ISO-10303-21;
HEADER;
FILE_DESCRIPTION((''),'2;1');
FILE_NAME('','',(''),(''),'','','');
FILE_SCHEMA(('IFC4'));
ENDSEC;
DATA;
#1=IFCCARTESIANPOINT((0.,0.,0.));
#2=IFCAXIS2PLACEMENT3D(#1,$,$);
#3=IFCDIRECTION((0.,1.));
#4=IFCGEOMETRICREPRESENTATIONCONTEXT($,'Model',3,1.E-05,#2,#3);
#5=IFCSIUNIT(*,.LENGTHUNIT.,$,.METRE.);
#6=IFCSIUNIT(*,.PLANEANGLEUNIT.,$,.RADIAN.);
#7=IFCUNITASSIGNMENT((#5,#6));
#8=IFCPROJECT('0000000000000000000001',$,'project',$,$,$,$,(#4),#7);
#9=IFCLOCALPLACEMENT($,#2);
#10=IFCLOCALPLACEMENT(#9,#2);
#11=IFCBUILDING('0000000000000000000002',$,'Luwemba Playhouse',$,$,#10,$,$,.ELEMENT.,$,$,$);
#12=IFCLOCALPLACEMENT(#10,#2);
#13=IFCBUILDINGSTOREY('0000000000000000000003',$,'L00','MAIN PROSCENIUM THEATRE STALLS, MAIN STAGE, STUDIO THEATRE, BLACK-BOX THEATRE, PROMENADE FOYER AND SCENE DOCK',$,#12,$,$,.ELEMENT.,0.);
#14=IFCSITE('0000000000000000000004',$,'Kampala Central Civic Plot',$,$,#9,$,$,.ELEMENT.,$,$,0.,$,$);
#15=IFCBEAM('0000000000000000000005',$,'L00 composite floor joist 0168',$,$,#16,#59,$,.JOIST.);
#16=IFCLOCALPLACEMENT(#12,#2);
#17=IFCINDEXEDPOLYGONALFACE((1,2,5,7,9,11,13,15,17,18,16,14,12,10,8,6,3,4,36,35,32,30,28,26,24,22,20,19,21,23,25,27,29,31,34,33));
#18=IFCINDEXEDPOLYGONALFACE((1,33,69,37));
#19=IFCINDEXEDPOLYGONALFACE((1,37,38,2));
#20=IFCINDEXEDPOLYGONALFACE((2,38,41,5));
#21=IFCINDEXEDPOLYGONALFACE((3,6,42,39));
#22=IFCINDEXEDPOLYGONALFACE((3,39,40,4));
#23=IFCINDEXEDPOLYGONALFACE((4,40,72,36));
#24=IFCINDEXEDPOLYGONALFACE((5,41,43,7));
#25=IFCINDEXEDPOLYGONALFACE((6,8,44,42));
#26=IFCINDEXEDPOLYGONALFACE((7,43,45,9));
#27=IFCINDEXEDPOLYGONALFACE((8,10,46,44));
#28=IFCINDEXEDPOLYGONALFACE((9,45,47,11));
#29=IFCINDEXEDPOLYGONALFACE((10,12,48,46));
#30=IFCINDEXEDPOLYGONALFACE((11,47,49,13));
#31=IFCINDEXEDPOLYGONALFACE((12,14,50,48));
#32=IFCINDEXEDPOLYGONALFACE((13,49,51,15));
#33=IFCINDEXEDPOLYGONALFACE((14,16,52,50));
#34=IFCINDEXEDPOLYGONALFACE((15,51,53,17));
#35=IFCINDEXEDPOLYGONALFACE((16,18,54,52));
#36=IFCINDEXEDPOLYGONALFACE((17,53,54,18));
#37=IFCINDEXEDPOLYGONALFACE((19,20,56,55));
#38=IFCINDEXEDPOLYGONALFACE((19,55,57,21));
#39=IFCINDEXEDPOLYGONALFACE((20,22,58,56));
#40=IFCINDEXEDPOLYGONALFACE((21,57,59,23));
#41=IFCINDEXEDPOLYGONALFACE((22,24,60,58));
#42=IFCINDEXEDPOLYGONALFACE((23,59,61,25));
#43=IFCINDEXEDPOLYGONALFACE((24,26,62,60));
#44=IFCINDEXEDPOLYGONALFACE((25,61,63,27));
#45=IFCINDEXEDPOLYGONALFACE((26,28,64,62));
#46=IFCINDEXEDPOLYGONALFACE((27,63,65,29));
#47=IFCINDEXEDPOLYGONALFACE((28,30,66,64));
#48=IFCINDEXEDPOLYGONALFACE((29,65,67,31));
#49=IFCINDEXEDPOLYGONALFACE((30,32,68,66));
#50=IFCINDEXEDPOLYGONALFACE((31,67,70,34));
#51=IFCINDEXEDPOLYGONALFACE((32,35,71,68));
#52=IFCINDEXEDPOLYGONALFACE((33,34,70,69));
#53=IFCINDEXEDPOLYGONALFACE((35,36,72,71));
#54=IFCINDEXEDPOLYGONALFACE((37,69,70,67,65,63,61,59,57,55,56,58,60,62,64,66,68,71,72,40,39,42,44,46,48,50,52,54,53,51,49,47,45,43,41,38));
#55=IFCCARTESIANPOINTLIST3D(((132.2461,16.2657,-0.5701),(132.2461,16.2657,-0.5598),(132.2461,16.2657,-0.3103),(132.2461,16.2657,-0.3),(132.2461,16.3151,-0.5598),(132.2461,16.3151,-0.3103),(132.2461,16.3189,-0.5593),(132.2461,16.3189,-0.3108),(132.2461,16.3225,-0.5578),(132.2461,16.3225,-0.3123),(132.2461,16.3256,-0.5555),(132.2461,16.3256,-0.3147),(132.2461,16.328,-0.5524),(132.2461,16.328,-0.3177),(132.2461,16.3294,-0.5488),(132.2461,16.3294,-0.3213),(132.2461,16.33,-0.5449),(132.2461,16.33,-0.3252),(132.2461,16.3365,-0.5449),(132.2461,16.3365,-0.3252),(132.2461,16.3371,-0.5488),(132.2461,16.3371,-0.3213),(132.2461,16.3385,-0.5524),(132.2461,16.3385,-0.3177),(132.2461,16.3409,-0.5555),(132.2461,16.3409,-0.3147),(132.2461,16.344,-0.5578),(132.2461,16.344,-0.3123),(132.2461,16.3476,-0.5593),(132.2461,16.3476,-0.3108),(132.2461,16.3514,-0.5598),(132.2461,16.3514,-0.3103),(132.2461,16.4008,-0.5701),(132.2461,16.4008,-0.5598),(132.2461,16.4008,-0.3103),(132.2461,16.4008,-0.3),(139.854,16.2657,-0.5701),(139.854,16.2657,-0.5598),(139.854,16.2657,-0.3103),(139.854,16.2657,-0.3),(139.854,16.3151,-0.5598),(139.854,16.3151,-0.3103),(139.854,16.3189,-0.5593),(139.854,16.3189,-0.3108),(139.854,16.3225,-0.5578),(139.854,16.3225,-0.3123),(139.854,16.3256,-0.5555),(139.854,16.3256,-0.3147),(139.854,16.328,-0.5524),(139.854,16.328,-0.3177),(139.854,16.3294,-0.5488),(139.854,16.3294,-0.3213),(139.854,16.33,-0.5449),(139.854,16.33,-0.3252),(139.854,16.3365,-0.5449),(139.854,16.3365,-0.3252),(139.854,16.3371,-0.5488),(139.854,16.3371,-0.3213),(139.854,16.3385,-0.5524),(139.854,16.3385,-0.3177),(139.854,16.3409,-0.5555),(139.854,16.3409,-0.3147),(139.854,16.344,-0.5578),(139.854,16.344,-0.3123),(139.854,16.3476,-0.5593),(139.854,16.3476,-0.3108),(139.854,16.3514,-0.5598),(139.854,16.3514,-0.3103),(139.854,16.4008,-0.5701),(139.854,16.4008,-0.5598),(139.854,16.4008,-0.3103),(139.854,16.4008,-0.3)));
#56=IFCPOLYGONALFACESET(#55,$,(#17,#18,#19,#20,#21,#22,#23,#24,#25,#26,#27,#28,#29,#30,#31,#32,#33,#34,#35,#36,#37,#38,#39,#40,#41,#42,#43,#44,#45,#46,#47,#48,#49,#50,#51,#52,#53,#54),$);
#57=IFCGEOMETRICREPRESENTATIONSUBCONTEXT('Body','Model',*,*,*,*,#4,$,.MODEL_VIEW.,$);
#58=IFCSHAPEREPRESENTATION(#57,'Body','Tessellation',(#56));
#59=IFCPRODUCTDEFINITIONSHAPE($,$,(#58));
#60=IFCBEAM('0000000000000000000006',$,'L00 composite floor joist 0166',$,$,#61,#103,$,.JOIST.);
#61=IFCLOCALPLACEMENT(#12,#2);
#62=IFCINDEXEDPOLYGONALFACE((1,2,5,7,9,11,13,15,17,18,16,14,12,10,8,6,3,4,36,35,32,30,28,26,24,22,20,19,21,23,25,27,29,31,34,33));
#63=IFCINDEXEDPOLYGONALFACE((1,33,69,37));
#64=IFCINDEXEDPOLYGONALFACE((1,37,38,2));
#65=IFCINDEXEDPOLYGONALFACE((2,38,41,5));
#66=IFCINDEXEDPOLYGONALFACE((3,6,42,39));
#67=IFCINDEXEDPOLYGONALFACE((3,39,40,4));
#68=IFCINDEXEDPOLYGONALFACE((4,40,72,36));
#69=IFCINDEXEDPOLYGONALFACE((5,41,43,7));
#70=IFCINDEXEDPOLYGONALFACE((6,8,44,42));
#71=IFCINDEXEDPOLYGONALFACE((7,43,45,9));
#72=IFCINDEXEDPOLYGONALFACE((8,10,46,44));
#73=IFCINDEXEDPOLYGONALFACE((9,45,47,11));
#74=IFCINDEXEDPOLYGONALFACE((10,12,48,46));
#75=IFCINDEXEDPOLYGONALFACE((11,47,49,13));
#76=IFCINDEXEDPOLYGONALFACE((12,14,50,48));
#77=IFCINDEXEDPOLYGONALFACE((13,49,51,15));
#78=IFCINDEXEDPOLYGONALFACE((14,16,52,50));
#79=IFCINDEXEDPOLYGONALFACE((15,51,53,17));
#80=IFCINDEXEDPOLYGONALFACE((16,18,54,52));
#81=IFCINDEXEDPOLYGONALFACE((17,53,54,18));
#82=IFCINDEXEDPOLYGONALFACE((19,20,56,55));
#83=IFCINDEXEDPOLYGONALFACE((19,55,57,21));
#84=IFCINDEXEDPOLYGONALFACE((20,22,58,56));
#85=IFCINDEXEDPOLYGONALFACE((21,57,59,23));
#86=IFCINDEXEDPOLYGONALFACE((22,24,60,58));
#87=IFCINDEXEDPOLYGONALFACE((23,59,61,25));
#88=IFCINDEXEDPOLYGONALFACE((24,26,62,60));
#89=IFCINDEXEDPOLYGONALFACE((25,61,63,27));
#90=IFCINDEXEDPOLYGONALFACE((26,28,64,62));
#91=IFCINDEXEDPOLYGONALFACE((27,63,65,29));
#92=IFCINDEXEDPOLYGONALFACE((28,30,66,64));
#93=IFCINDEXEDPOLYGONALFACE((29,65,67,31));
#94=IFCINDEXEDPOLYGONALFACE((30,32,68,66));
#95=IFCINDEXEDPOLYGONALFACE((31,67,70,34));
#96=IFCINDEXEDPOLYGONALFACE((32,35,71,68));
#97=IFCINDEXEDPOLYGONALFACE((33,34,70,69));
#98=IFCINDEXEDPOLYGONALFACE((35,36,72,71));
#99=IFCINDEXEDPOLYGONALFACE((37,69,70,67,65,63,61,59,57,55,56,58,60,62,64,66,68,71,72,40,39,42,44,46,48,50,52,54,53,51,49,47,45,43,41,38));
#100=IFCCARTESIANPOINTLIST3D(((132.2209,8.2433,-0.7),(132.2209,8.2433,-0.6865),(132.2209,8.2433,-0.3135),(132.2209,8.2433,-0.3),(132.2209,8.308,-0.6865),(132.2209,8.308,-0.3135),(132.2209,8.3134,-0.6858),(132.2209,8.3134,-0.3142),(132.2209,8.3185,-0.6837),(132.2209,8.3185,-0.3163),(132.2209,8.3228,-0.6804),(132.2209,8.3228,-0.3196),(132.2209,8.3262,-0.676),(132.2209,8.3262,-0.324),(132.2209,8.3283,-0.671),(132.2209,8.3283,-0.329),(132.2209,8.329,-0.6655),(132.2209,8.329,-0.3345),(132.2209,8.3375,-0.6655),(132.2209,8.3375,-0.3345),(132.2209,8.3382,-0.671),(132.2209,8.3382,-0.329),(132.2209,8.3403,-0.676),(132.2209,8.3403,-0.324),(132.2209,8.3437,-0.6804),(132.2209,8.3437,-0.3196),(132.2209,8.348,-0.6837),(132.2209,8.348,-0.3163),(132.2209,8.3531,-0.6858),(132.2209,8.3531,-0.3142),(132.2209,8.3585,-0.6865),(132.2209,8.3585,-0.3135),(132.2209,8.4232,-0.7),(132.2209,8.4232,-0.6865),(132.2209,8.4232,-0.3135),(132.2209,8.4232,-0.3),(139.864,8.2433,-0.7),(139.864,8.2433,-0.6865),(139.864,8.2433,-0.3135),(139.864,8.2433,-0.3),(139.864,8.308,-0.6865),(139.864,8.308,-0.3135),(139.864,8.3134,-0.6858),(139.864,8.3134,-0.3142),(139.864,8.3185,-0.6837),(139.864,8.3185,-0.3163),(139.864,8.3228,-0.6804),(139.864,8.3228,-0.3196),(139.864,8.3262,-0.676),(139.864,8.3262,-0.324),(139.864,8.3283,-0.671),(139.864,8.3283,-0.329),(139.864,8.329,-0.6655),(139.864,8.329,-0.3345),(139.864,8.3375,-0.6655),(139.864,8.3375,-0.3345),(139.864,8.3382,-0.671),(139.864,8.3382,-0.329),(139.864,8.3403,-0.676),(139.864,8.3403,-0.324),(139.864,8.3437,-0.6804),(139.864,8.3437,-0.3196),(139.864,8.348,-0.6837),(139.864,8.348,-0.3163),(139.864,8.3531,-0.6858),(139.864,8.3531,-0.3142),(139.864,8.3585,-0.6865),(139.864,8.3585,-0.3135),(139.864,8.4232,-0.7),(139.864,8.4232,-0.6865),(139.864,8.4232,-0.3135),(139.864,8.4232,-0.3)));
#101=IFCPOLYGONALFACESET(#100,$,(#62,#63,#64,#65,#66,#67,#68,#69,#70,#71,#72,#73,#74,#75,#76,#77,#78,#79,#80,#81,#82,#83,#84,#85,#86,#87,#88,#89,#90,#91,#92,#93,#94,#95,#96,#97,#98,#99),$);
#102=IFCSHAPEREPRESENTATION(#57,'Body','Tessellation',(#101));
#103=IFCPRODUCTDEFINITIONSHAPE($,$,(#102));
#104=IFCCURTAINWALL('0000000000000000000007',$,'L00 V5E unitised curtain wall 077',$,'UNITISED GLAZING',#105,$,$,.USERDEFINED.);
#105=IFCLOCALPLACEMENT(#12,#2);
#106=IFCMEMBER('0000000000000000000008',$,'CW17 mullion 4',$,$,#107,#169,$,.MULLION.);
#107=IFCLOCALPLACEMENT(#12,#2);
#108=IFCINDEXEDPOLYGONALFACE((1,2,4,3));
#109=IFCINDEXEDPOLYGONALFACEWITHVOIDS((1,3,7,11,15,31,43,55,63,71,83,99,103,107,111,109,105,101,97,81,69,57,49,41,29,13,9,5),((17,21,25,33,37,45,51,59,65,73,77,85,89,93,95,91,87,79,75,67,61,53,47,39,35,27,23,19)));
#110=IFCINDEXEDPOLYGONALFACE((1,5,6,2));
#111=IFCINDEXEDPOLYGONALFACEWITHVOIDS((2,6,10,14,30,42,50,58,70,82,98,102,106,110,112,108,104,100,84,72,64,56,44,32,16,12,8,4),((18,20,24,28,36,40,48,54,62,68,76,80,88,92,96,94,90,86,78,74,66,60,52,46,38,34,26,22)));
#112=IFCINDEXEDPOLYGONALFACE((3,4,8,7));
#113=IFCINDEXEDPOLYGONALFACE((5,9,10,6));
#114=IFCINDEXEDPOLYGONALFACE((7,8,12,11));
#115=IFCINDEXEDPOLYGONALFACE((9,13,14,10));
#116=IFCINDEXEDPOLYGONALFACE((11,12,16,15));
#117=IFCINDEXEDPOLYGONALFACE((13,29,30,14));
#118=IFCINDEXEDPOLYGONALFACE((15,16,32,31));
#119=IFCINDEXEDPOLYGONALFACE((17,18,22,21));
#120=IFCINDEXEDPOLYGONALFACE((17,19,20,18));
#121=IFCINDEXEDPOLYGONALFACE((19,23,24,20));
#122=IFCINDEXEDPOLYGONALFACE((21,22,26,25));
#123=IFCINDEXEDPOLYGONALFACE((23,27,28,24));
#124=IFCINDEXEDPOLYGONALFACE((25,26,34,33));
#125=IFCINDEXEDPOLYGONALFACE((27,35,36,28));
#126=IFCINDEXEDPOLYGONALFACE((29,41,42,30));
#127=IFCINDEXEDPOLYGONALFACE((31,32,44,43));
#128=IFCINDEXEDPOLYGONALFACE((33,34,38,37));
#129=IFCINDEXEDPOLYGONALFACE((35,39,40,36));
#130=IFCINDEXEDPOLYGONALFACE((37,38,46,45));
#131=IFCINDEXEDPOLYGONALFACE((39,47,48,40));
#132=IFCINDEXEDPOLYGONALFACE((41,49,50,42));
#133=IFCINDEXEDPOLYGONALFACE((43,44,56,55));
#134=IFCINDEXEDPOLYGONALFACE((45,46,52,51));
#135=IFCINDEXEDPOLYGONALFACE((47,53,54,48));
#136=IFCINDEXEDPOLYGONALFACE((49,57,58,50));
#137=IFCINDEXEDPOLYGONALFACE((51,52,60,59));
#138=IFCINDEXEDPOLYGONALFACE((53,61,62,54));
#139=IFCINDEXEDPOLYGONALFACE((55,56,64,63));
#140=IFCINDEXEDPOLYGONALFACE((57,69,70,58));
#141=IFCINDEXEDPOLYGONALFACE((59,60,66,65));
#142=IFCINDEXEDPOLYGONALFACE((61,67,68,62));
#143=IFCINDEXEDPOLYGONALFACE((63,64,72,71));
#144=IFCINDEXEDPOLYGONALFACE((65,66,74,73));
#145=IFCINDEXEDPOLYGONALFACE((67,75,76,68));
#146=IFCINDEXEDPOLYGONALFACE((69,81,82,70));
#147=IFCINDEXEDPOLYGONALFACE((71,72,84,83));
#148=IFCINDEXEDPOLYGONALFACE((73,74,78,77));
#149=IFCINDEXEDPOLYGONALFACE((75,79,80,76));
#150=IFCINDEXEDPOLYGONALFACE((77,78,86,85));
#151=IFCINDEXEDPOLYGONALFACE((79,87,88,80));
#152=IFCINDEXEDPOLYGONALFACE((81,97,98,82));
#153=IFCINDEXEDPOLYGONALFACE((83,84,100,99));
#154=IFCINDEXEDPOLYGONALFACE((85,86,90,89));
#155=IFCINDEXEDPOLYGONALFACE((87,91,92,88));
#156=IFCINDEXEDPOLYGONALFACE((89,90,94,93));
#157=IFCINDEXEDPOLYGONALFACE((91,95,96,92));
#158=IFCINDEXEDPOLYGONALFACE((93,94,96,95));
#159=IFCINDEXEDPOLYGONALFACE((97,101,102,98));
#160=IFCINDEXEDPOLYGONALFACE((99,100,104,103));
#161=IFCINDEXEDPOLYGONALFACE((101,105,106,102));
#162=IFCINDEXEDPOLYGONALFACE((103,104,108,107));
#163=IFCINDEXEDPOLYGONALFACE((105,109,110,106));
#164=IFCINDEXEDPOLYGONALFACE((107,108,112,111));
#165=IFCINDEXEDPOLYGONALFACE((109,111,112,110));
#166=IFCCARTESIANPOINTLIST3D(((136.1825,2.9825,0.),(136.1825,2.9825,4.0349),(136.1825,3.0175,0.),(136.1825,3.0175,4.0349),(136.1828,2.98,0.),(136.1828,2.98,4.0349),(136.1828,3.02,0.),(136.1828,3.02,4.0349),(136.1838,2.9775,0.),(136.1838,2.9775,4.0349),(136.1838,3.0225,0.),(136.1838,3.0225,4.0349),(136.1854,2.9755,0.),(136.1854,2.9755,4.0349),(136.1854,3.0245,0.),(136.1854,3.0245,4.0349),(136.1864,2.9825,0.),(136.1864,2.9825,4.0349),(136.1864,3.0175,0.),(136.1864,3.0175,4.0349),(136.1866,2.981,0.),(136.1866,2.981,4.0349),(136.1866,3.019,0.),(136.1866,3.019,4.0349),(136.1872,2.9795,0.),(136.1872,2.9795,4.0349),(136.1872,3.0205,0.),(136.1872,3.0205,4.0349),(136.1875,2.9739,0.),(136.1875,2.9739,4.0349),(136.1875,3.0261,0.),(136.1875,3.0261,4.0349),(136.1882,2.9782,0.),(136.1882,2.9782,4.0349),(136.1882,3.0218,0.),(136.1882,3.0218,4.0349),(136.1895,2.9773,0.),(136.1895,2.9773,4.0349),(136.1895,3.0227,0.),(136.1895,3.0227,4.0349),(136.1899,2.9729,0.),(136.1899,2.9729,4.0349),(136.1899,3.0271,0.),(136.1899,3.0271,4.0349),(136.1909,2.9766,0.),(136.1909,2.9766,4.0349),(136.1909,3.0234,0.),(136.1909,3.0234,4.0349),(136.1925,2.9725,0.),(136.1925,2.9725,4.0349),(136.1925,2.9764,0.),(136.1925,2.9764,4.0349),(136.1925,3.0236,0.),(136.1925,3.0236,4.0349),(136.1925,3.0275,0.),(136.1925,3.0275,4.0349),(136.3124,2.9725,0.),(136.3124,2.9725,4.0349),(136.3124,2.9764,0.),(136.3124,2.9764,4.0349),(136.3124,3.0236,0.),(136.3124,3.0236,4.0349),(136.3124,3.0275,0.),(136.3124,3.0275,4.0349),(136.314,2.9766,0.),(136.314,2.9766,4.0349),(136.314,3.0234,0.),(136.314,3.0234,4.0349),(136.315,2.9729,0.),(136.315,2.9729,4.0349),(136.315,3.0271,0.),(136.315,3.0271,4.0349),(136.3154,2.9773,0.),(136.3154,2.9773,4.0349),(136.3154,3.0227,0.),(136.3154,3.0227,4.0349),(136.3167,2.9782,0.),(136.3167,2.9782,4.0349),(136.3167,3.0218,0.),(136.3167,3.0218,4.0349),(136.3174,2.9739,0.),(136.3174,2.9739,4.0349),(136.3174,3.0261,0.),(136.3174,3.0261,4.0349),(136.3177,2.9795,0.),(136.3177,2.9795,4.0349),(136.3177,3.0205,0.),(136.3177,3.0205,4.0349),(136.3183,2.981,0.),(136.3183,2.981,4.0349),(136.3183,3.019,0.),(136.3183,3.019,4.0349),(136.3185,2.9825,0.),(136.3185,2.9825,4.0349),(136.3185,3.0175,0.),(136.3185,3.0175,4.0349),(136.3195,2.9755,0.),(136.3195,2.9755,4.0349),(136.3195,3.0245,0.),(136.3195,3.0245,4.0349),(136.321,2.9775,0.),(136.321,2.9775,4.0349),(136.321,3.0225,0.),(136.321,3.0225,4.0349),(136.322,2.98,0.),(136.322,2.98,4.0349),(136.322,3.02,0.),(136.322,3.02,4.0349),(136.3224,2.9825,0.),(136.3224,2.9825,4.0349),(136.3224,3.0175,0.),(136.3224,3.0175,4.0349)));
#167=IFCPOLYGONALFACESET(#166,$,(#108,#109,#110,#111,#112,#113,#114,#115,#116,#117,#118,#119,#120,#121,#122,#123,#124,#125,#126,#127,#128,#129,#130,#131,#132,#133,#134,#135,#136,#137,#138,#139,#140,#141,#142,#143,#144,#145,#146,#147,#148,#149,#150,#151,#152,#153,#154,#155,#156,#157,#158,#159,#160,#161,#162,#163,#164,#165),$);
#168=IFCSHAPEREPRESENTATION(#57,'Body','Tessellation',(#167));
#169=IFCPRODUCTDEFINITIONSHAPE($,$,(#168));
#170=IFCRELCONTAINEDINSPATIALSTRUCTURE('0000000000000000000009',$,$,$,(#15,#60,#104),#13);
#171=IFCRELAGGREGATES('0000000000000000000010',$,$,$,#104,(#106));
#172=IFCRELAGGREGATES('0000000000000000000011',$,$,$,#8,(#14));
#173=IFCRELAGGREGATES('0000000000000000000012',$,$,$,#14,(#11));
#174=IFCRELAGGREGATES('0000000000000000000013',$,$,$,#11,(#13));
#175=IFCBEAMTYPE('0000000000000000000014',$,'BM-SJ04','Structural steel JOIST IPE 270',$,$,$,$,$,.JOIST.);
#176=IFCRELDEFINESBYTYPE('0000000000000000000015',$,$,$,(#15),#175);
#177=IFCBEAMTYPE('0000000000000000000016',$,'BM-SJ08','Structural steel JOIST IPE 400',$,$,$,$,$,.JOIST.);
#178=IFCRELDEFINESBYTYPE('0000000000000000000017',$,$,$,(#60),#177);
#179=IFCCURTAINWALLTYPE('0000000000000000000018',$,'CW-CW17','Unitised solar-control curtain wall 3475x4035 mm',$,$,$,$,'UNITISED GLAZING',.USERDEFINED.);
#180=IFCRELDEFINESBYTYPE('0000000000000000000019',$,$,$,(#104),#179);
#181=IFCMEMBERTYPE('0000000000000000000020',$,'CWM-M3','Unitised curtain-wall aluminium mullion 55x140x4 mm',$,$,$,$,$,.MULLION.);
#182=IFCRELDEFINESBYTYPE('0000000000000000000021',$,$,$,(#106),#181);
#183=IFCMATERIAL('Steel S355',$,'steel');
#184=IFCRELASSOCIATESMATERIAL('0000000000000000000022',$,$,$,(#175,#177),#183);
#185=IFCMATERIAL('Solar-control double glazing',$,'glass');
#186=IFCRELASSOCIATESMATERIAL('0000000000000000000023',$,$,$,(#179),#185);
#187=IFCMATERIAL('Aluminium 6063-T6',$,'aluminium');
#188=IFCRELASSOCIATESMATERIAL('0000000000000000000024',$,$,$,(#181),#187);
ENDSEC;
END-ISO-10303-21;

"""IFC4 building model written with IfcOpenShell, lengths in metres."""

from ifc_helpers import new_model, si_unit, direction, frame, origin, origin_2d, place, context, subcontext, project, spatial, hollow_rectangle, i_section, extrude, material, material_profile, profile_set, type_object, element, aggregate, save


model = new_model("IFC4")

# Units and contexts
model_context = context("Model", 3, precision=1e-05, world=origin(), true_north=direction((0.0, 1.0)))
body_context = subcontext(model_context, "Body", "Model", "MODEL_VIEW")
ifc_project = project(units=[si_unit("LENGTHUNIT", "METRE"), si_unit("PLANEANGLEUNIT", "RADIAN")], contexts=[model_context])

# Site, building, storey
site_placement = place(None, origin())
site = spatial("IfcSite", under=ifc_project, at=site_placement, Name="Kampala Central Civic Plot", CompositionType="ELEMENT", RefElevation=0.0)
building_placement = place(site_placement, origin())
building = spatial("IfcBuilding", under=site, at=building_placement, Name="Luwemba Playhouse", CompositionType="ELEMENT")
storey_placement = place(building_placement, origin())
storey = spatial("IfcBuildingStorey", under=building, at=storey_placement, Name="L00", Description="MAIN PROSCENIUM THEATRE STALLS, MAIN STAGE, STUDIO THEATRE, BLACK-BOX THEATRE, PROMENADE FOYER AND SCENE DOCK", CompositionType="ELEMENT", Elevation=0.0)

# Beams
ifc_material_1 = material(Name="Steel S355", Category="steel")
ifc_material_profile_1 = material_profile(ifc_material_1, i_section(OverallWidth=0.135, OverallDepth=0.27, WebThickness=0.0066, FlangeThickness=0.0103, FilletRadius=0.0149, at=origin_2d()))
ifc_profile_set_1 = profile_set([ifc_material_profile_1], Name="Steel S355")
beam_type_1 = type_object("IfcBeamType", Name="BM-SJ04", Description="Structural steel JOIST IPE 270", PredefinedType="JOIST", material=ifc_profile_set_1)
beam_1_placement = place(storey_placement, frame((132.2461, 16.3333, -0.4351), z_axis=(1.0, 0.0, 0.0), x_axis=(0.0, 1.0, 0.0)))
element("IfcBeam", 1, at=beam_1_placement, inside=storey, type_object=beam_type_1, Name="L00 composite floor joist 0168", PredefinedType="JOIST", context=body_context, shape_type="SweptSolid", body=[
    extrude(i_section(OverallWidth=0.135, OverallDepth=0.27, WebThickness=0.0066, FlangeThickness=0.0103, FilletRadius=0.0149, at=origin_2d()), origin(), (0.0, 0.0, 1.0), 7.6079),
])
ifc_material_profile_2 = material_profile(ifc_material_1, i_section(OverallWidth=0.1799, OverallDepth=0.3999, WebThickness=0.0085, FlangeThickness=0.0134, FilletRadius=0.021, at=origin_2d()))
ifc_profile_set_2 = profile_set([ifc_material_profile_2], Name="Steel S355")
beam_type_2 = type_object("IfcBeamType", Name="BM-SJ08", Description="Structural steel JOIST IPE 400", PredefinedType="JOIST", material=ifc_profile_set_2)
beam_2_placement = place(storey_placement, frame((132.2209, 8.3333, -0.5), z_axis=(1.0, 0.0, 0.0), x_axis=(0.0, 1.0, 0.0)))
element("IfcBeam", 2, at=beam_2_placement, inside=storey, type_object=beam_type_2, Name="L00 composite floor joist 0166", PredefinedType="JOIST", context=body_context, shape_type="SweptSolid", body=[
    extrude(i_section(OverallWidth=0.1799, OverallDepth=0.3999, WebThickness=0.0085, FlangeThickness=0.0134, FilletRadius=0.021, at=origin_2d()), origin(), (0.0, 0.0, 1.0), 7.6431),
])

# Curtain wall, member
ifc_material_2 = material(Name="Solar-control double glazing", Category="glass")
curtain_wall_type_1 = type_object("IfcCurtainWallType", Name="CW-CW17", Description="Unitised solar-control curtain wall 3475x4035 mm", ElementType="UNITISED GLAZING", PredefinedType="USERDEFINED", material=ifc_material_2)
curtain_wall_1_placement = place(storey_placement, origin())
curtain_wall_1 = element("IfcCurtainWall", 3, at=curtain_wall_1_placement, inside=storey, type_object=curtain_wall_type_1, Name="L00 V5E unitised curtain wall 077", ObjectType="UNITISED GLAZING", PredefinedType="USERDEFINED")
ifc_material_3 = material(Name="Aluminium 6063-T6", Category="aluminium")
ifc_material_profile_3 = material_profile(ifc_material_3, hollow_rectangle(XDim=0.0549, YDim=0.1399, WallThickness=0.0039, InnerFilletRadius=0.0061, OuterFilletRadius=0.01, at=origin_2d()))
ifc_profile_set_3 = profile_set([ifc_material_profile_3], Name="Aluminium 6063-T6")
member_type_1 = type_object("IfcMemberType", Name="CWM-M3", Description="Unitised curtain-wall aluminium mullion 55x140x4 mm", PredefinedType="MULLION", material=ifc_profile_set_3)
member_1_placement = place(storey_placement, frame((136.2524, 3.0, 0.0), z_axis=(0.0, 0.0, 1.0), x_axis=(0.0, -1.0, 0.0)))
member_1 = element("IfcMember", 4, at=member_1_placement, type_object=member_type_1, Name="CW17 mullion 4", PredefinedType="MULLION", context=body_context, shape_type="SweptSolid", body=[
    extrude(hollow_rectangle(XDim=0.0549, YDim=0.1399, WallThickness=0.0039, InnerFilletRadius=0.0061, OuterFilletRadius=0.01, at=origin_2d()), origin(), (0.0, 0.0, 1.0), 4.0349),
])

aggregate(curtain_wall_1, [member_1])

save(model, "model.ifc")
